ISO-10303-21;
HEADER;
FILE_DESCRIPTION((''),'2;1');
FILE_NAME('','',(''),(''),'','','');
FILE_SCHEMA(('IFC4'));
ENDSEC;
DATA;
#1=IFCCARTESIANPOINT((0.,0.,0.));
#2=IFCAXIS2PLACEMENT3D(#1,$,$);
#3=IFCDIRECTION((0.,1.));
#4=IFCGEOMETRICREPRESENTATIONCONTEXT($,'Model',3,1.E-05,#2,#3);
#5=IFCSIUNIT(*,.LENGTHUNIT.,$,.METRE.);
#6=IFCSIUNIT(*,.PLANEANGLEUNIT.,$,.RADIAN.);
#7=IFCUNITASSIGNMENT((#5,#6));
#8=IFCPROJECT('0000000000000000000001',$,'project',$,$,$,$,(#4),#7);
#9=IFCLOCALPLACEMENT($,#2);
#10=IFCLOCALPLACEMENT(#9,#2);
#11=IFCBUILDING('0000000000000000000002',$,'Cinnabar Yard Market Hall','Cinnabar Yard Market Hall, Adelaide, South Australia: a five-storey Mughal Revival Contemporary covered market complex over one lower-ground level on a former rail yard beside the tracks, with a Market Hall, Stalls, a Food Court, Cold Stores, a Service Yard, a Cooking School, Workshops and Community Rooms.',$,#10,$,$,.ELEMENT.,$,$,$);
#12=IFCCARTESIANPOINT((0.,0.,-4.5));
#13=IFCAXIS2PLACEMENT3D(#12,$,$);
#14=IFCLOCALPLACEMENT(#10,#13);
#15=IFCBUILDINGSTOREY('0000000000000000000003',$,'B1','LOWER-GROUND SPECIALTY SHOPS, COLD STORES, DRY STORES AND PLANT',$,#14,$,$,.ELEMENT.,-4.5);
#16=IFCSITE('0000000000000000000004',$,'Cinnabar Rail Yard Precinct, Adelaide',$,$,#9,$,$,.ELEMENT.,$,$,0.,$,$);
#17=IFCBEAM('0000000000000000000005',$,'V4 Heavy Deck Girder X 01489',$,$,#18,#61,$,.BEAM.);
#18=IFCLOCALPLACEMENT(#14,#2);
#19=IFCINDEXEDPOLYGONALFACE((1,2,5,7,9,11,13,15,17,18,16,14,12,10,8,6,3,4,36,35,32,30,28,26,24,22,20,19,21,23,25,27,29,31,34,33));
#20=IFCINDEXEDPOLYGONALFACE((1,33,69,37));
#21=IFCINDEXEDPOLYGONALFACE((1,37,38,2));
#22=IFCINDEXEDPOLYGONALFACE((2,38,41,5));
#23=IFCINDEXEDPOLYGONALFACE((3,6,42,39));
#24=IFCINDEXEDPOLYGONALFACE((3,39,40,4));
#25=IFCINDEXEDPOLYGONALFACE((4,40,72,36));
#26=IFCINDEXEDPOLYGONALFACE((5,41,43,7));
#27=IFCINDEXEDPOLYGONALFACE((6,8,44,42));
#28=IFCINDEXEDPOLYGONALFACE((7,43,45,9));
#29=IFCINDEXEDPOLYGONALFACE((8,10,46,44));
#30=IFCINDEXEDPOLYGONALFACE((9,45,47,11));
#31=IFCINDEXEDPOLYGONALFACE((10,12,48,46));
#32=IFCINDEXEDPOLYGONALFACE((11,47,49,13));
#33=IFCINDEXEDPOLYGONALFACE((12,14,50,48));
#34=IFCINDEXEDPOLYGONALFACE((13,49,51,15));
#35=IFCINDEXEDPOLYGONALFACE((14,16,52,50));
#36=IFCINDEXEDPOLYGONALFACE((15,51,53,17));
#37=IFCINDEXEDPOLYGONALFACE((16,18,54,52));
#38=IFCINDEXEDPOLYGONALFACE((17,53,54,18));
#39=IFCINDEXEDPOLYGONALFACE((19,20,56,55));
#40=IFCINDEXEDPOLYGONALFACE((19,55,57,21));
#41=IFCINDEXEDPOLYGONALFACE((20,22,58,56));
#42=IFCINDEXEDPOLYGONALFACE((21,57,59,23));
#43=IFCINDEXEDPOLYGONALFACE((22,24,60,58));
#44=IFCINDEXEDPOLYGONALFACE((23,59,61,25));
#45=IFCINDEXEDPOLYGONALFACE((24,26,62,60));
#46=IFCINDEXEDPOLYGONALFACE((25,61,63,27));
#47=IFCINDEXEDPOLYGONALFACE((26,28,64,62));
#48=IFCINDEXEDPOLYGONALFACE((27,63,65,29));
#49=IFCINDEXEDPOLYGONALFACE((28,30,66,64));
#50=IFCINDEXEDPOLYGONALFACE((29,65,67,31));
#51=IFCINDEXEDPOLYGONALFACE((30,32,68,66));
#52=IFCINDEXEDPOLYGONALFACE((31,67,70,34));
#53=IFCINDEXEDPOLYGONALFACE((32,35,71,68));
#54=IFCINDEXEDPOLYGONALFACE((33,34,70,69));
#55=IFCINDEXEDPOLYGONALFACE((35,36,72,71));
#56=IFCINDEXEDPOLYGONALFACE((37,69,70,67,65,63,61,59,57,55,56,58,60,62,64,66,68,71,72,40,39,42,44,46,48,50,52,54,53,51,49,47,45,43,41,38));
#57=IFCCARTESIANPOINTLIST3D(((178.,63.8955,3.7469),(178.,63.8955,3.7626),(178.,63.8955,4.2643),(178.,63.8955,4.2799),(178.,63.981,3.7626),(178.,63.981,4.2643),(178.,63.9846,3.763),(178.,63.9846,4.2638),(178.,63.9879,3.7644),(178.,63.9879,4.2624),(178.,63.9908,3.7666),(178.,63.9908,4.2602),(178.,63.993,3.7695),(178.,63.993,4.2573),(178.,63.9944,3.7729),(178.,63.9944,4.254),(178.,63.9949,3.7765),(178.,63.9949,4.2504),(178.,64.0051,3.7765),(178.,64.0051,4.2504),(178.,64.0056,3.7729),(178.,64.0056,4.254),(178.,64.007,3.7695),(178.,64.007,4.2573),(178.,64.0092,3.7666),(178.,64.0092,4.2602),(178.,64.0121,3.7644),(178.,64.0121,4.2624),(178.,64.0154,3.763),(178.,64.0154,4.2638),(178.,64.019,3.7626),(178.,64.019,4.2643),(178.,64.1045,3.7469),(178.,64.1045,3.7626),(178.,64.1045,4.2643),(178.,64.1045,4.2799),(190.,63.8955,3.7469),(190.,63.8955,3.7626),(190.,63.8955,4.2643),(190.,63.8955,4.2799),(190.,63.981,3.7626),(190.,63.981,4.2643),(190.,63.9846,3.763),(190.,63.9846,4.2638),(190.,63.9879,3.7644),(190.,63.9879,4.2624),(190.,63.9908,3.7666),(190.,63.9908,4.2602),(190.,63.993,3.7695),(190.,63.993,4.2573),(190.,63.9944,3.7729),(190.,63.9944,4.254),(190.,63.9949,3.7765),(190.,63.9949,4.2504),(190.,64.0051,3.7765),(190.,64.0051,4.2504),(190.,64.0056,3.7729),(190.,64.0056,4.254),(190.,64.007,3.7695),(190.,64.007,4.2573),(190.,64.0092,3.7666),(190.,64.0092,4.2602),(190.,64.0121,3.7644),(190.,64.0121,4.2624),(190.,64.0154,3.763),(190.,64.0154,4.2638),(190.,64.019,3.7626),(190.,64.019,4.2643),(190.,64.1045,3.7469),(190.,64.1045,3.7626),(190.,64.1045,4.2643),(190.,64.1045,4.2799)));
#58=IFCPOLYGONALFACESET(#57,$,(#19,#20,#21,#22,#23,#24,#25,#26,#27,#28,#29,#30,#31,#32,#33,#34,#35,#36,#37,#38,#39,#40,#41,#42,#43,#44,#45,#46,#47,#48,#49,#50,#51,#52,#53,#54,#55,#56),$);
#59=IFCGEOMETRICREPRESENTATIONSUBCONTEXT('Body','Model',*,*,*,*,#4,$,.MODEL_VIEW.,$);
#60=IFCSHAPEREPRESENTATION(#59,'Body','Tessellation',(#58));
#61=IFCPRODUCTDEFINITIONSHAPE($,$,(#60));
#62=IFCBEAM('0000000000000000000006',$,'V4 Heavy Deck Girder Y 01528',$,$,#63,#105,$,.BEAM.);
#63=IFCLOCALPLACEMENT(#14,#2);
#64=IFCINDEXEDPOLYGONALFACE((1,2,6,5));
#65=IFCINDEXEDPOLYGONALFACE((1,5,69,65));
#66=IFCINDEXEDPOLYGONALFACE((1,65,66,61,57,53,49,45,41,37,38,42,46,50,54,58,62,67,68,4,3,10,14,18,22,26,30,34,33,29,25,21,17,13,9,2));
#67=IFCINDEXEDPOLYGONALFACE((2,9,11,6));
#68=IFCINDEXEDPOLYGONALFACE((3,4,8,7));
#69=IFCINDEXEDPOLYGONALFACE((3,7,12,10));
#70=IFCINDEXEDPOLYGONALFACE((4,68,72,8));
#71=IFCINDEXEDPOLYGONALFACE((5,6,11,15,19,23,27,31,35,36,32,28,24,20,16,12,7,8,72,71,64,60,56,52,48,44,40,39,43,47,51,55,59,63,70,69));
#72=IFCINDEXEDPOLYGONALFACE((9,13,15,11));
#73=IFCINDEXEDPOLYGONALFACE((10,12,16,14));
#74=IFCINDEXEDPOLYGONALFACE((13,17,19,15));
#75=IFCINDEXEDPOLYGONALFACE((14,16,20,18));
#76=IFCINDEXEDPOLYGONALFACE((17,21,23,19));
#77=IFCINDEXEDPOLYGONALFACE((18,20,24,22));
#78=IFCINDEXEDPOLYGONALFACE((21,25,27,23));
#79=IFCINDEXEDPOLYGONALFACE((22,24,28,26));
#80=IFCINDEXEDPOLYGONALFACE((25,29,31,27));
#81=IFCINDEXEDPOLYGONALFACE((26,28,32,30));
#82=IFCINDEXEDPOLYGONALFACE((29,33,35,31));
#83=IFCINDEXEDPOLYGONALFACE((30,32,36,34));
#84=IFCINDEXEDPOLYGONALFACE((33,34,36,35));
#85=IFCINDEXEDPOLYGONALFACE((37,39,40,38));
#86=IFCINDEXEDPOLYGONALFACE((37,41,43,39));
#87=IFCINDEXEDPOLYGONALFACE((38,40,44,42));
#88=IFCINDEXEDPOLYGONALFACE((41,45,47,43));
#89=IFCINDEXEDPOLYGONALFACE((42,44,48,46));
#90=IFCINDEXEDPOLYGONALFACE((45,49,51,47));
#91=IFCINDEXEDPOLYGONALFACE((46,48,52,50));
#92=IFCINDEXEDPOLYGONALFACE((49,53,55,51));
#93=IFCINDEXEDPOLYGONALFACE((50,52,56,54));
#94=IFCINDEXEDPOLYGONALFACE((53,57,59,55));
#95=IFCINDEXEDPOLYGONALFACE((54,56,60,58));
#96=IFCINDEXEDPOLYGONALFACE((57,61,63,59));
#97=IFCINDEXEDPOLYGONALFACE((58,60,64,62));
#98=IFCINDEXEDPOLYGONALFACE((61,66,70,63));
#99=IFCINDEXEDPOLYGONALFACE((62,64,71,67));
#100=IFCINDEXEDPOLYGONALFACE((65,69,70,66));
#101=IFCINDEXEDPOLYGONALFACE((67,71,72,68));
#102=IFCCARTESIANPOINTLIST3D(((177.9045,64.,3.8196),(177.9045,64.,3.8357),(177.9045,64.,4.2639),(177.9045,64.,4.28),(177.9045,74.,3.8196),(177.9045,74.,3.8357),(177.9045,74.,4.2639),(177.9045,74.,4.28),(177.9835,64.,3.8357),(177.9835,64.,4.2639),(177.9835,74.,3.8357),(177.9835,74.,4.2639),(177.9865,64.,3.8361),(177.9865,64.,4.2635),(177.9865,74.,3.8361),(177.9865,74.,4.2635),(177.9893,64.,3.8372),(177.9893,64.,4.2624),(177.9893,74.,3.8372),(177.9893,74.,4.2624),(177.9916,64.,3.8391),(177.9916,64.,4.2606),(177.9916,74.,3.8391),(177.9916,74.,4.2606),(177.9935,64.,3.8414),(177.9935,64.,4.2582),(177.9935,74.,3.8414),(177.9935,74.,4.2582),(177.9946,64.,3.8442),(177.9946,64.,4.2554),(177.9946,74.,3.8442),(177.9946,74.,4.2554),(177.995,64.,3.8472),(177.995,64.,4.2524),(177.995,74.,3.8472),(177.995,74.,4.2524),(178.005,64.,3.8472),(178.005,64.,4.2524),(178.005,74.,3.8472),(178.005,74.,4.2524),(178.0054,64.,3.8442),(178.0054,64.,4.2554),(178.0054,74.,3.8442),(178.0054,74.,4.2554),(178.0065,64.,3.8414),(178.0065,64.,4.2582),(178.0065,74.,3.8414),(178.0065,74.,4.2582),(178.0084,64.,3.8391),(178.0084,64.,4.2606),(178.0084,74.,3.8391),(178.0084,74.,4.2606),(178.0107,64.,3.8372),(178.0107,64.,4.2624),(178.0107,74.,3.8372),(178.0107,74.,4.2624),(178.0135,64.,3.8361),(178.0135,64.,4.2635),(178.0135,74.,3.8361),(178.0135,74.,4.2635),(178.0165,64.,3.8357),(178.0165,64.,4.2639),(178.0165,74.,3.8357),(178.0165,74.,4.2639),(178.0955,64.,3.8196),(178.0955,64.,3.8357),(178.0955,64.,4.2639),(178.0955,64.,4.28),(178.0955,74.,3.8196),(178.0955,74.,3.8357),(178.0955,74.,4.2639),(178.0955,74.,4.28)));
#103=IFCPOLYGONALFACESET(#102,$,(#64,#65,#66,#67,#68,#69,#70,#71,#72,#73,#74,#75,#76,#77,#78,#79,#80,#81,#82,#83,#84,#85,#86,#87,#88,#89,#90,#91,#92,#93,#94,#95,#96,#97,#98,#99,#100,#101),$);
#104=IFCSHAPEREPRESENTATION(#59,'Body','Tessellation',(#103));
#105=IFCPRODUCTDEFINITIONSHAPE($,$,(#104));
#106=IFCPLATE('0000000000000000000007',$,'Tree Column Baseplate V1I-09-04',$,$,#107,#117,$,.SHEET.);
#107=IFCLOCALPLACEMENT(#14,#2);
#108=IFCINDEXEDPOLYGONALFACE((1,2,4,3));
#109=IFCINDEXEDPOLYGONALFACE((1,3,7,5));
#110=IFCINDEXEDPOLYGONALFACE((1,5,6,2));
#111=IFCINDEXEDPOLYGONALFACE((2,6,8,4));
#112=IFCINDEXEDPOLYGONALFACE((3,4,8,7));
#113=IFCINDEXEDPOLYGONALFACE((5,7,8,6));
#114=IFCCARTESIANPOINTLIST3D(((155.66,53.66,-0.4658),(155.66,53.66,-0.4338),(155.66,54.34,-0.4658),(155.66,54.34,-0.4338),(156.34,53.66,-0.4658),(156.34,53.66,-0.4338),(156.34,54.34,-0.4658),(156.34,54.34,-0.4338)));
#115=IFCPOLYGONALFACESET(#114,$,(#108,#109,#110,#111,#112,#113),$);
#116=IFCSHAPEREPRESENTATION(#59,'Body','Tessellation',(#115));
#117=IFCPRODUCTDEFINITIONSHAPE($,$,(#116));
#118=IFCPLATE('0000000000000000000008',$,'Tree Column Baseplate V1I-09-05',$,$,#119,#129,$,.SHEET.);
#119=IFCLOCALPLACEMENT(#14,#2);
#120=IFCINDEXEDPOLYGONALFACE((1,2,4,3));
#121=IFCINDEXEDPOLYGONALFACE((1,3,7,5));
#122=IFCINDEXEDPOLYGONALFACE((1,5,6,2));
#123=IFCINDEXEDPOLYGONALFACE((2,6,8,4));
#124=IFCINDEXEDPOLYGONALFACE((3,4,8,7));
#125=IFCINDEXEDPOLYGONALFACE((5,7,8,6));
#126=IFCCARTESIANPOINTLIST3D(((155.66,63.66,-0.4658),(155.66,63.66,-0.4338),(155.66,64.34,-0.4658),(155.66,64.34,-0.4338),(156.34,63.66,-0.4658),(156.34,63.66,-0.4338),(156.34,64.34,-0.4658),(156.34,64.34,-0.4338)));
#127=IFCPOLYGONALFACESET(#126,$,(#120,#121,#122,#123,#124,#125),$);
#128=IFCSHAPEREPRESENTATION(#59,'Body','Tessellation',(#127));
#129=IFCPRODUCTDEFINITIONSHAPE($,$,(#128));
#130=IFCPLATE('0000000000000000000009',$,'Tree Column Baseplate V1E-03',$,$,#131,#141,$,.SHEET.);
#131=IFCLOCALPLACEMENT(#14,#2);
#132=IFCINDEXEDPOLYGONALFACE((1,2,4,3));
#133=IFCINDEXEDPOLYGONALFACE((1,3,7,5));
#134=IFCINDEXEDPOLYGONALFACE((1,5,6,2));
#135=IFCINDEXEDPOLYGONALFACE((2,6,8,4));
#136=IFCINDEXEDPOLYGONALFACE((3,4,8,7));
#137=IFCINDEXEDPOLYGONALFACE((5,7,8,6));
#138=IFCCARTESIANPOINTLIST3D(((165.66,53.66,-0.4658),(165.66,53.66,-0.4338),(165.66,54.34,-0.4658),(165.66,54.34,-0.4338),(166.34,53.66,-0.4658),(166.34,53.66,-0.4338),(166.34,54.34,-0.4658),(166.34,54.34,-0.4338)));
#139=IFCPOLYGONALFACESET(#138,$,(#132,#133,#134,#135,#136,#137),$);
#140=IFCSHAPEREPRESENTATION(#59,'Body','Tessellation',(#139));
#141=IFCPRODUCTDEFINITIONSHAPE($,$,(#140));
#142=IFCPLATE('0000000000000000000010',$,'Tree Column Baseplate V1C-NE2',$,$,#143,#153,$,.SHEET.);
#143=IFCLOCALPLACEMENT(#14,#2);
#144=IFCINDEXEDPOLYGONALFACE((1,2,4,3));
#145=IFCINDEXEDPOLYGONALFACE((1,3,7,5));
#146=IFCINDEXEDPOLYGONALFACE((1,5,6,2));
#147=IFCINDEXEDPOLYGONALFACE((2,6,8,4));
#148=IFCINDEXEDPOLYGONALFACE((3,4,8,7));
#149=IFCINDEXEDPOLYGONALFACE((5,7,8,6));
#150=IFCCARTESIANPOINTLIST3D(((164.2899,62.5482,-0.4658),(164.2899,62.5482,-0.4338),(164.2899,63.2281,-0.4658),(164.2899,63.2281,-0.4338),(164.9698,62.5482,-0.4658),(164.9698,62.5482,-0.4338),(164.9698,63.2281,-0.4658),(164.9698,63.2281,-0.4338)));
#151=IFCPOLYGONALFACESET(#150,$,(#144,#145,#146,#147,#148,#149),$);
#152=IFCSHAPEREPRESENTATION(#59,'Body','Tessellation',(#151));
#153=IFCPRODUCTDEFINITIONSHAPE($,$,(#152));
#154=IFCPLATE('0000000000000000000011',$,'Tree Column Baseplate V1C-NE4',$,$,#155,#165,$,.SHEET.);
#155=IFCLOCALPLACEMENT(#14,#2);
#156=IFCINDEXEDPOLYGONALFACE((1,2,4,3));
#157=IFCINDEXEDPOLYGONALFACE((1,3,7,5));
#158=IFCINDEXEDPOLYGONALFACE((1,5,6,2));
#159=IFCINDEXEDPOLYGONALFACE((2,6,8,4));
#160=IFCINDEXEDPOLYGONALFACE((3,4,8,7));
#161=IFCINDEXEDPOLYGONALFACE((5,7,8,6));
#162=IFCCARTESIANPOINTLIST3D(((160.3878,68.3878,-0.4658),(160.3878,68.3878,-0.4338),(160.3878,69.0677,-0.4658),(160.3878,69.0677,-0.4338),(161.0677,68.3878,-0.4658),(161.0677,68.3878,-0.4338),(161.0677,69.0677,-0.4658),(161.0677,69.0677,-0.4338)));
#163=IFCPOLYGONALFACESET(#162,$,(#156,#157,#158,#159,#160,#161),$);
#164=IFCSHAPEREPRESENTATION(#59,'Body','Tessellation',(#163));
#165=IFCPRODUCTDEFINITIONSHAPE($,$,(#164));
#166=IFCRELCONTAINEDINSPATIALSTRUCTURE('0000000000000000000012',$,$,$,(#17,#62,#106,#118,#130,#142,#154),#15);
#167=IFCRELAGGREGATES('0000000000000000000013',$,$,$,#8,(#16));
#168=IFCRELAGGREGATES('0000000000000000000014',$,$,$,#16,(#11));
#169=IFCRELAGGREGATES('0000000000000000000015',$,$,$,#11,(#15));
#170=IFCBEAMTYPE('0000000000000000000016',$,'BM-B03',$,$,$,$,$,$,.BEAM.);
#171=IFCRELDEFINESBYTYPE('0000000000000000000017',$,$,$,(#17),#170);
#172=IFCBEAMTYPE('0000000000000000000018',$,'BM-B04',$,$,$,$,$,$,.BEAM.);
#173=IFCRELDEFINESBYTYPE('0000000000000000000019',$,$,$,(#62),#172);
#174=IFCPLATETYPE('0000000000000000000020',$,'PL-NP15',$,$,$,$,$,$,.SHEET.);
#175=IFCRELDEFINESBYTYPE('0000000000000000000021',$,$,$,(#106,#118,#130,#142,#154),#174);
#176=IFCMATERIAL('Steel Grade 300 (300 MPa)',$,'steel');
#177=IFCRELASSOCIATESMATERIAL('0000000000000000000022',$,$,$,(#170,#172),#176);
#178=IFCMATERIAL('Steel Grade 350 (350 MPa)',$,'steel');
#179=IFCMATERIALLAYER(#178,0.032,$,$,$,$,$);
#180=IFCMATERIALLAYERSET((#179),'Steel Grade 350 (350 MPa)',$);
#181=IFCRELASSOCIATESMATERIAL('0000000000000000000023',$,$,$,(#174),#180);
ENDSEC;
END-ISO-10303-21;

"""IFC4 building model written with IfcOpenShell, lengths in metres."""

from ifc_helpers import new_model, si_unit, direction, frame, origin, origin_2d_with_axis, place, context, subcontext, project, spatial, rectangle, i_section, extrude, material, layer, layer_set, material_profile, profile_set, type_object, element, save


model = new_model("IFC4")

# Units and contexts
model_context = context("Model", 3, precision=1e-05, world=origin(), true_north=direction((0.0, 1.0)))
body_context = subcontext(model_context, "Body", "Model", "MODEL_VIEW")
ifc_project = project(units=[si_unit("LENGTHUNIT", "METRE"), si_unit("PLANEANGLEUNIT", "RADIAN")], contexts=[model_context])

# Site, building, storey
site_placement = place(None, origin())
site = spatial("IfcSite", under=ifc_project, at=site_placement, Name="Cinnabar Rail Yard Precinct, Adelaide", CompositionType="ELEMENT", RefElevation=0.0)
building_placement = place(site_placement, origin())
building = spatial("IfcBuilding", under=site, at=building_placement, Name="Cinnabar Yard Market Hall", Description="Cinnabar Yard Market Hall, Adelaide, South Australia: a five-storey Mughal Revival Contemporary covered market complex over one lower-ground level on a former rail yard beside the tracks, with a Market Hall, Stalls, a Food Court, Cold Stores, a Service Yard, a Cooking School, Workshops and Community Rooms.", CompositionType="ELEMENT")
storey_placement = place(building_placement, frame((0.0, 0.0, -4.5)))
storey = spatial("IfcBuildingStorey", under=building, at=storey_placement, Name="B1", Description="LOWER-GROUND SPECIALTY SHOPS, COLD STORES, DRY STORES AND PLANT", CompositionType="ELEMENT", Elevation=-4.5)

# Beams
ifc_material_1 = material(Name="Steel Grade 300 (300 MPa)", Category="steel")
ifc_material_profile_1 = material_profile(ifc_material_1, i_section(OverallWidth=0.209, OverallDepth=0.533, WebThickness=0.0103, FlangeThickness=0.0156, FilletRadius=0.0139, at=origin_2d_with_axis()), Name="530UB92.4")
ifc_profile_set_1 = profile_set([ifc_material_profile_1], Name="Steel Grade 300 (300 MPa)")
beam_type_1 = type_object("IfcBeamType", Name="BM-B03", PredefinedType="BEAM", material=ifc_profile_set_1)
beam_1_placement = place(storey_placement, frame((178.0, 64.0, 4.0134), z_axis=(1.0, 0.0, 0.0), x_axis=(0.0, 1.0, 0.0)))
element("IfcBeam", 1, at=beam_1_placement, inside=storey, type_object=beam_type_1, Name="V4 Heavy Deck Girder X 01489", PredefinedType="BEAM", context=body_context, shape_type="SweptSolid", body=[
    extrude(i_section(OverallWidth=0.209, OverallDepth=0.533, WebThickness=0.0103, FlangeThickness=0.0156, FilletRadius=0.0139, at=origin_2d_with_axis()), origin(), (0.0, 0.0, 1.0), 12.0),
])
ifc_material_profile_2 = material_profile(ifc_material_1, i_section(OverallWidth=0.1909, OverallDepth=0.4604, WebThickness=0.01, FlangeThickness=0.0161, FilletRadius=0.0115, at=origin_2d_with_axis()), Name="460UB82.1")
ifc_profile_set_2 = profile_set([ifc_material_profile_2], Name="Steel Grade 300 (300 MPa)")
beam_type_2 = type_object("IfcBeamType", Name="BM-B04", PredefinedType="BEAM", material=ifc_profile_set_2)
beam_2_placement = place(storey_placement, frame((178.0, 64.0, 4.0498), z_axis=(0.0, 1.0, 0.0), x_axis=(-1.0, 0.0, 0.0)))
element("IfcBeam", 2, at=beam_2_placement, inside=storey, type_object=beam_type_2, Name="V4 Heavy Deck Girder Y 01528", PredefinedType="BEAM", context=body_context, shape_type="SweptSolid", body=[
    extrude(i_section(OverallWidth=0.1909, OverallDepth=0.4604, WebThickness=0.01, FlangeThickness=0.0161, FilletRadius=0.0115, at=origin_2d_with_axis()), origin(), (0.0, 0.0, 1.0), 10.0),
])

# Plates
ifc_material_2 = material(Name="Steel Grade 350 (350 MPa)", Category="steel")
ifc_layer_1 = layer(ifc_material_2, 0.032)
ifc_layer_set_1 = layer_set([ifc_layer_1], Name="Steel Grade 350 (350 MPa)")
plate_type = type_object("IfcPlateType", Name="PL-NP15", PredefinedType="SHEET", material=ifc_layer_set_1)
for number, where, z_axis, x_axis, name in (
    (3, (156.0, 54.0, -0.4658), (0.0, 0.0, 1.0), (1.0, 0.0, 0.0), "Tree Column Baseplate V1I-09-04"),
    (4, (156.0, 64.0, -0.4658), (0.0, 0.0, 1.0), (1.0, 0.0, 0.0), "Tree Column Baseplate V1I-09-05"),
    (5, (166.0, 54.0, -0.4658), (0.0, 0.0, 1.0), (1.0, 0.0, 0.0), "Tree Column Baseplate V1E-03"),
    (6, (164.6299, 62.8882, -0.4658), (0.0, 0.0, 1.0), (1.0, 0.0, 0.0), "Tree Column Baseplate V1C-NE2"),
    (7, (160.7278, 68.7278, -0.4658), (0.0, 0.0, 1.0), (1.0, 0.0, 0.0), "Tree Column Baseplate V1C-NE4"),
):
    element("IfcPlate", number, at=place(storey_placement, frame(where, z_axis=z_axis, x_axis=x_axis)), inside=storey, type_object=plate_type, Name=name, PredefinedType="SHEET", context=body_context, shape_type="SweptSolid", body=[
        extrude(rectangle(XDim=0.6799, YDim=0.6799, at=origin_2d_with_axis()), origin(), (0.0, 0.0, 1.0), 0.032),
    ])

save(model, "model.ifc")
